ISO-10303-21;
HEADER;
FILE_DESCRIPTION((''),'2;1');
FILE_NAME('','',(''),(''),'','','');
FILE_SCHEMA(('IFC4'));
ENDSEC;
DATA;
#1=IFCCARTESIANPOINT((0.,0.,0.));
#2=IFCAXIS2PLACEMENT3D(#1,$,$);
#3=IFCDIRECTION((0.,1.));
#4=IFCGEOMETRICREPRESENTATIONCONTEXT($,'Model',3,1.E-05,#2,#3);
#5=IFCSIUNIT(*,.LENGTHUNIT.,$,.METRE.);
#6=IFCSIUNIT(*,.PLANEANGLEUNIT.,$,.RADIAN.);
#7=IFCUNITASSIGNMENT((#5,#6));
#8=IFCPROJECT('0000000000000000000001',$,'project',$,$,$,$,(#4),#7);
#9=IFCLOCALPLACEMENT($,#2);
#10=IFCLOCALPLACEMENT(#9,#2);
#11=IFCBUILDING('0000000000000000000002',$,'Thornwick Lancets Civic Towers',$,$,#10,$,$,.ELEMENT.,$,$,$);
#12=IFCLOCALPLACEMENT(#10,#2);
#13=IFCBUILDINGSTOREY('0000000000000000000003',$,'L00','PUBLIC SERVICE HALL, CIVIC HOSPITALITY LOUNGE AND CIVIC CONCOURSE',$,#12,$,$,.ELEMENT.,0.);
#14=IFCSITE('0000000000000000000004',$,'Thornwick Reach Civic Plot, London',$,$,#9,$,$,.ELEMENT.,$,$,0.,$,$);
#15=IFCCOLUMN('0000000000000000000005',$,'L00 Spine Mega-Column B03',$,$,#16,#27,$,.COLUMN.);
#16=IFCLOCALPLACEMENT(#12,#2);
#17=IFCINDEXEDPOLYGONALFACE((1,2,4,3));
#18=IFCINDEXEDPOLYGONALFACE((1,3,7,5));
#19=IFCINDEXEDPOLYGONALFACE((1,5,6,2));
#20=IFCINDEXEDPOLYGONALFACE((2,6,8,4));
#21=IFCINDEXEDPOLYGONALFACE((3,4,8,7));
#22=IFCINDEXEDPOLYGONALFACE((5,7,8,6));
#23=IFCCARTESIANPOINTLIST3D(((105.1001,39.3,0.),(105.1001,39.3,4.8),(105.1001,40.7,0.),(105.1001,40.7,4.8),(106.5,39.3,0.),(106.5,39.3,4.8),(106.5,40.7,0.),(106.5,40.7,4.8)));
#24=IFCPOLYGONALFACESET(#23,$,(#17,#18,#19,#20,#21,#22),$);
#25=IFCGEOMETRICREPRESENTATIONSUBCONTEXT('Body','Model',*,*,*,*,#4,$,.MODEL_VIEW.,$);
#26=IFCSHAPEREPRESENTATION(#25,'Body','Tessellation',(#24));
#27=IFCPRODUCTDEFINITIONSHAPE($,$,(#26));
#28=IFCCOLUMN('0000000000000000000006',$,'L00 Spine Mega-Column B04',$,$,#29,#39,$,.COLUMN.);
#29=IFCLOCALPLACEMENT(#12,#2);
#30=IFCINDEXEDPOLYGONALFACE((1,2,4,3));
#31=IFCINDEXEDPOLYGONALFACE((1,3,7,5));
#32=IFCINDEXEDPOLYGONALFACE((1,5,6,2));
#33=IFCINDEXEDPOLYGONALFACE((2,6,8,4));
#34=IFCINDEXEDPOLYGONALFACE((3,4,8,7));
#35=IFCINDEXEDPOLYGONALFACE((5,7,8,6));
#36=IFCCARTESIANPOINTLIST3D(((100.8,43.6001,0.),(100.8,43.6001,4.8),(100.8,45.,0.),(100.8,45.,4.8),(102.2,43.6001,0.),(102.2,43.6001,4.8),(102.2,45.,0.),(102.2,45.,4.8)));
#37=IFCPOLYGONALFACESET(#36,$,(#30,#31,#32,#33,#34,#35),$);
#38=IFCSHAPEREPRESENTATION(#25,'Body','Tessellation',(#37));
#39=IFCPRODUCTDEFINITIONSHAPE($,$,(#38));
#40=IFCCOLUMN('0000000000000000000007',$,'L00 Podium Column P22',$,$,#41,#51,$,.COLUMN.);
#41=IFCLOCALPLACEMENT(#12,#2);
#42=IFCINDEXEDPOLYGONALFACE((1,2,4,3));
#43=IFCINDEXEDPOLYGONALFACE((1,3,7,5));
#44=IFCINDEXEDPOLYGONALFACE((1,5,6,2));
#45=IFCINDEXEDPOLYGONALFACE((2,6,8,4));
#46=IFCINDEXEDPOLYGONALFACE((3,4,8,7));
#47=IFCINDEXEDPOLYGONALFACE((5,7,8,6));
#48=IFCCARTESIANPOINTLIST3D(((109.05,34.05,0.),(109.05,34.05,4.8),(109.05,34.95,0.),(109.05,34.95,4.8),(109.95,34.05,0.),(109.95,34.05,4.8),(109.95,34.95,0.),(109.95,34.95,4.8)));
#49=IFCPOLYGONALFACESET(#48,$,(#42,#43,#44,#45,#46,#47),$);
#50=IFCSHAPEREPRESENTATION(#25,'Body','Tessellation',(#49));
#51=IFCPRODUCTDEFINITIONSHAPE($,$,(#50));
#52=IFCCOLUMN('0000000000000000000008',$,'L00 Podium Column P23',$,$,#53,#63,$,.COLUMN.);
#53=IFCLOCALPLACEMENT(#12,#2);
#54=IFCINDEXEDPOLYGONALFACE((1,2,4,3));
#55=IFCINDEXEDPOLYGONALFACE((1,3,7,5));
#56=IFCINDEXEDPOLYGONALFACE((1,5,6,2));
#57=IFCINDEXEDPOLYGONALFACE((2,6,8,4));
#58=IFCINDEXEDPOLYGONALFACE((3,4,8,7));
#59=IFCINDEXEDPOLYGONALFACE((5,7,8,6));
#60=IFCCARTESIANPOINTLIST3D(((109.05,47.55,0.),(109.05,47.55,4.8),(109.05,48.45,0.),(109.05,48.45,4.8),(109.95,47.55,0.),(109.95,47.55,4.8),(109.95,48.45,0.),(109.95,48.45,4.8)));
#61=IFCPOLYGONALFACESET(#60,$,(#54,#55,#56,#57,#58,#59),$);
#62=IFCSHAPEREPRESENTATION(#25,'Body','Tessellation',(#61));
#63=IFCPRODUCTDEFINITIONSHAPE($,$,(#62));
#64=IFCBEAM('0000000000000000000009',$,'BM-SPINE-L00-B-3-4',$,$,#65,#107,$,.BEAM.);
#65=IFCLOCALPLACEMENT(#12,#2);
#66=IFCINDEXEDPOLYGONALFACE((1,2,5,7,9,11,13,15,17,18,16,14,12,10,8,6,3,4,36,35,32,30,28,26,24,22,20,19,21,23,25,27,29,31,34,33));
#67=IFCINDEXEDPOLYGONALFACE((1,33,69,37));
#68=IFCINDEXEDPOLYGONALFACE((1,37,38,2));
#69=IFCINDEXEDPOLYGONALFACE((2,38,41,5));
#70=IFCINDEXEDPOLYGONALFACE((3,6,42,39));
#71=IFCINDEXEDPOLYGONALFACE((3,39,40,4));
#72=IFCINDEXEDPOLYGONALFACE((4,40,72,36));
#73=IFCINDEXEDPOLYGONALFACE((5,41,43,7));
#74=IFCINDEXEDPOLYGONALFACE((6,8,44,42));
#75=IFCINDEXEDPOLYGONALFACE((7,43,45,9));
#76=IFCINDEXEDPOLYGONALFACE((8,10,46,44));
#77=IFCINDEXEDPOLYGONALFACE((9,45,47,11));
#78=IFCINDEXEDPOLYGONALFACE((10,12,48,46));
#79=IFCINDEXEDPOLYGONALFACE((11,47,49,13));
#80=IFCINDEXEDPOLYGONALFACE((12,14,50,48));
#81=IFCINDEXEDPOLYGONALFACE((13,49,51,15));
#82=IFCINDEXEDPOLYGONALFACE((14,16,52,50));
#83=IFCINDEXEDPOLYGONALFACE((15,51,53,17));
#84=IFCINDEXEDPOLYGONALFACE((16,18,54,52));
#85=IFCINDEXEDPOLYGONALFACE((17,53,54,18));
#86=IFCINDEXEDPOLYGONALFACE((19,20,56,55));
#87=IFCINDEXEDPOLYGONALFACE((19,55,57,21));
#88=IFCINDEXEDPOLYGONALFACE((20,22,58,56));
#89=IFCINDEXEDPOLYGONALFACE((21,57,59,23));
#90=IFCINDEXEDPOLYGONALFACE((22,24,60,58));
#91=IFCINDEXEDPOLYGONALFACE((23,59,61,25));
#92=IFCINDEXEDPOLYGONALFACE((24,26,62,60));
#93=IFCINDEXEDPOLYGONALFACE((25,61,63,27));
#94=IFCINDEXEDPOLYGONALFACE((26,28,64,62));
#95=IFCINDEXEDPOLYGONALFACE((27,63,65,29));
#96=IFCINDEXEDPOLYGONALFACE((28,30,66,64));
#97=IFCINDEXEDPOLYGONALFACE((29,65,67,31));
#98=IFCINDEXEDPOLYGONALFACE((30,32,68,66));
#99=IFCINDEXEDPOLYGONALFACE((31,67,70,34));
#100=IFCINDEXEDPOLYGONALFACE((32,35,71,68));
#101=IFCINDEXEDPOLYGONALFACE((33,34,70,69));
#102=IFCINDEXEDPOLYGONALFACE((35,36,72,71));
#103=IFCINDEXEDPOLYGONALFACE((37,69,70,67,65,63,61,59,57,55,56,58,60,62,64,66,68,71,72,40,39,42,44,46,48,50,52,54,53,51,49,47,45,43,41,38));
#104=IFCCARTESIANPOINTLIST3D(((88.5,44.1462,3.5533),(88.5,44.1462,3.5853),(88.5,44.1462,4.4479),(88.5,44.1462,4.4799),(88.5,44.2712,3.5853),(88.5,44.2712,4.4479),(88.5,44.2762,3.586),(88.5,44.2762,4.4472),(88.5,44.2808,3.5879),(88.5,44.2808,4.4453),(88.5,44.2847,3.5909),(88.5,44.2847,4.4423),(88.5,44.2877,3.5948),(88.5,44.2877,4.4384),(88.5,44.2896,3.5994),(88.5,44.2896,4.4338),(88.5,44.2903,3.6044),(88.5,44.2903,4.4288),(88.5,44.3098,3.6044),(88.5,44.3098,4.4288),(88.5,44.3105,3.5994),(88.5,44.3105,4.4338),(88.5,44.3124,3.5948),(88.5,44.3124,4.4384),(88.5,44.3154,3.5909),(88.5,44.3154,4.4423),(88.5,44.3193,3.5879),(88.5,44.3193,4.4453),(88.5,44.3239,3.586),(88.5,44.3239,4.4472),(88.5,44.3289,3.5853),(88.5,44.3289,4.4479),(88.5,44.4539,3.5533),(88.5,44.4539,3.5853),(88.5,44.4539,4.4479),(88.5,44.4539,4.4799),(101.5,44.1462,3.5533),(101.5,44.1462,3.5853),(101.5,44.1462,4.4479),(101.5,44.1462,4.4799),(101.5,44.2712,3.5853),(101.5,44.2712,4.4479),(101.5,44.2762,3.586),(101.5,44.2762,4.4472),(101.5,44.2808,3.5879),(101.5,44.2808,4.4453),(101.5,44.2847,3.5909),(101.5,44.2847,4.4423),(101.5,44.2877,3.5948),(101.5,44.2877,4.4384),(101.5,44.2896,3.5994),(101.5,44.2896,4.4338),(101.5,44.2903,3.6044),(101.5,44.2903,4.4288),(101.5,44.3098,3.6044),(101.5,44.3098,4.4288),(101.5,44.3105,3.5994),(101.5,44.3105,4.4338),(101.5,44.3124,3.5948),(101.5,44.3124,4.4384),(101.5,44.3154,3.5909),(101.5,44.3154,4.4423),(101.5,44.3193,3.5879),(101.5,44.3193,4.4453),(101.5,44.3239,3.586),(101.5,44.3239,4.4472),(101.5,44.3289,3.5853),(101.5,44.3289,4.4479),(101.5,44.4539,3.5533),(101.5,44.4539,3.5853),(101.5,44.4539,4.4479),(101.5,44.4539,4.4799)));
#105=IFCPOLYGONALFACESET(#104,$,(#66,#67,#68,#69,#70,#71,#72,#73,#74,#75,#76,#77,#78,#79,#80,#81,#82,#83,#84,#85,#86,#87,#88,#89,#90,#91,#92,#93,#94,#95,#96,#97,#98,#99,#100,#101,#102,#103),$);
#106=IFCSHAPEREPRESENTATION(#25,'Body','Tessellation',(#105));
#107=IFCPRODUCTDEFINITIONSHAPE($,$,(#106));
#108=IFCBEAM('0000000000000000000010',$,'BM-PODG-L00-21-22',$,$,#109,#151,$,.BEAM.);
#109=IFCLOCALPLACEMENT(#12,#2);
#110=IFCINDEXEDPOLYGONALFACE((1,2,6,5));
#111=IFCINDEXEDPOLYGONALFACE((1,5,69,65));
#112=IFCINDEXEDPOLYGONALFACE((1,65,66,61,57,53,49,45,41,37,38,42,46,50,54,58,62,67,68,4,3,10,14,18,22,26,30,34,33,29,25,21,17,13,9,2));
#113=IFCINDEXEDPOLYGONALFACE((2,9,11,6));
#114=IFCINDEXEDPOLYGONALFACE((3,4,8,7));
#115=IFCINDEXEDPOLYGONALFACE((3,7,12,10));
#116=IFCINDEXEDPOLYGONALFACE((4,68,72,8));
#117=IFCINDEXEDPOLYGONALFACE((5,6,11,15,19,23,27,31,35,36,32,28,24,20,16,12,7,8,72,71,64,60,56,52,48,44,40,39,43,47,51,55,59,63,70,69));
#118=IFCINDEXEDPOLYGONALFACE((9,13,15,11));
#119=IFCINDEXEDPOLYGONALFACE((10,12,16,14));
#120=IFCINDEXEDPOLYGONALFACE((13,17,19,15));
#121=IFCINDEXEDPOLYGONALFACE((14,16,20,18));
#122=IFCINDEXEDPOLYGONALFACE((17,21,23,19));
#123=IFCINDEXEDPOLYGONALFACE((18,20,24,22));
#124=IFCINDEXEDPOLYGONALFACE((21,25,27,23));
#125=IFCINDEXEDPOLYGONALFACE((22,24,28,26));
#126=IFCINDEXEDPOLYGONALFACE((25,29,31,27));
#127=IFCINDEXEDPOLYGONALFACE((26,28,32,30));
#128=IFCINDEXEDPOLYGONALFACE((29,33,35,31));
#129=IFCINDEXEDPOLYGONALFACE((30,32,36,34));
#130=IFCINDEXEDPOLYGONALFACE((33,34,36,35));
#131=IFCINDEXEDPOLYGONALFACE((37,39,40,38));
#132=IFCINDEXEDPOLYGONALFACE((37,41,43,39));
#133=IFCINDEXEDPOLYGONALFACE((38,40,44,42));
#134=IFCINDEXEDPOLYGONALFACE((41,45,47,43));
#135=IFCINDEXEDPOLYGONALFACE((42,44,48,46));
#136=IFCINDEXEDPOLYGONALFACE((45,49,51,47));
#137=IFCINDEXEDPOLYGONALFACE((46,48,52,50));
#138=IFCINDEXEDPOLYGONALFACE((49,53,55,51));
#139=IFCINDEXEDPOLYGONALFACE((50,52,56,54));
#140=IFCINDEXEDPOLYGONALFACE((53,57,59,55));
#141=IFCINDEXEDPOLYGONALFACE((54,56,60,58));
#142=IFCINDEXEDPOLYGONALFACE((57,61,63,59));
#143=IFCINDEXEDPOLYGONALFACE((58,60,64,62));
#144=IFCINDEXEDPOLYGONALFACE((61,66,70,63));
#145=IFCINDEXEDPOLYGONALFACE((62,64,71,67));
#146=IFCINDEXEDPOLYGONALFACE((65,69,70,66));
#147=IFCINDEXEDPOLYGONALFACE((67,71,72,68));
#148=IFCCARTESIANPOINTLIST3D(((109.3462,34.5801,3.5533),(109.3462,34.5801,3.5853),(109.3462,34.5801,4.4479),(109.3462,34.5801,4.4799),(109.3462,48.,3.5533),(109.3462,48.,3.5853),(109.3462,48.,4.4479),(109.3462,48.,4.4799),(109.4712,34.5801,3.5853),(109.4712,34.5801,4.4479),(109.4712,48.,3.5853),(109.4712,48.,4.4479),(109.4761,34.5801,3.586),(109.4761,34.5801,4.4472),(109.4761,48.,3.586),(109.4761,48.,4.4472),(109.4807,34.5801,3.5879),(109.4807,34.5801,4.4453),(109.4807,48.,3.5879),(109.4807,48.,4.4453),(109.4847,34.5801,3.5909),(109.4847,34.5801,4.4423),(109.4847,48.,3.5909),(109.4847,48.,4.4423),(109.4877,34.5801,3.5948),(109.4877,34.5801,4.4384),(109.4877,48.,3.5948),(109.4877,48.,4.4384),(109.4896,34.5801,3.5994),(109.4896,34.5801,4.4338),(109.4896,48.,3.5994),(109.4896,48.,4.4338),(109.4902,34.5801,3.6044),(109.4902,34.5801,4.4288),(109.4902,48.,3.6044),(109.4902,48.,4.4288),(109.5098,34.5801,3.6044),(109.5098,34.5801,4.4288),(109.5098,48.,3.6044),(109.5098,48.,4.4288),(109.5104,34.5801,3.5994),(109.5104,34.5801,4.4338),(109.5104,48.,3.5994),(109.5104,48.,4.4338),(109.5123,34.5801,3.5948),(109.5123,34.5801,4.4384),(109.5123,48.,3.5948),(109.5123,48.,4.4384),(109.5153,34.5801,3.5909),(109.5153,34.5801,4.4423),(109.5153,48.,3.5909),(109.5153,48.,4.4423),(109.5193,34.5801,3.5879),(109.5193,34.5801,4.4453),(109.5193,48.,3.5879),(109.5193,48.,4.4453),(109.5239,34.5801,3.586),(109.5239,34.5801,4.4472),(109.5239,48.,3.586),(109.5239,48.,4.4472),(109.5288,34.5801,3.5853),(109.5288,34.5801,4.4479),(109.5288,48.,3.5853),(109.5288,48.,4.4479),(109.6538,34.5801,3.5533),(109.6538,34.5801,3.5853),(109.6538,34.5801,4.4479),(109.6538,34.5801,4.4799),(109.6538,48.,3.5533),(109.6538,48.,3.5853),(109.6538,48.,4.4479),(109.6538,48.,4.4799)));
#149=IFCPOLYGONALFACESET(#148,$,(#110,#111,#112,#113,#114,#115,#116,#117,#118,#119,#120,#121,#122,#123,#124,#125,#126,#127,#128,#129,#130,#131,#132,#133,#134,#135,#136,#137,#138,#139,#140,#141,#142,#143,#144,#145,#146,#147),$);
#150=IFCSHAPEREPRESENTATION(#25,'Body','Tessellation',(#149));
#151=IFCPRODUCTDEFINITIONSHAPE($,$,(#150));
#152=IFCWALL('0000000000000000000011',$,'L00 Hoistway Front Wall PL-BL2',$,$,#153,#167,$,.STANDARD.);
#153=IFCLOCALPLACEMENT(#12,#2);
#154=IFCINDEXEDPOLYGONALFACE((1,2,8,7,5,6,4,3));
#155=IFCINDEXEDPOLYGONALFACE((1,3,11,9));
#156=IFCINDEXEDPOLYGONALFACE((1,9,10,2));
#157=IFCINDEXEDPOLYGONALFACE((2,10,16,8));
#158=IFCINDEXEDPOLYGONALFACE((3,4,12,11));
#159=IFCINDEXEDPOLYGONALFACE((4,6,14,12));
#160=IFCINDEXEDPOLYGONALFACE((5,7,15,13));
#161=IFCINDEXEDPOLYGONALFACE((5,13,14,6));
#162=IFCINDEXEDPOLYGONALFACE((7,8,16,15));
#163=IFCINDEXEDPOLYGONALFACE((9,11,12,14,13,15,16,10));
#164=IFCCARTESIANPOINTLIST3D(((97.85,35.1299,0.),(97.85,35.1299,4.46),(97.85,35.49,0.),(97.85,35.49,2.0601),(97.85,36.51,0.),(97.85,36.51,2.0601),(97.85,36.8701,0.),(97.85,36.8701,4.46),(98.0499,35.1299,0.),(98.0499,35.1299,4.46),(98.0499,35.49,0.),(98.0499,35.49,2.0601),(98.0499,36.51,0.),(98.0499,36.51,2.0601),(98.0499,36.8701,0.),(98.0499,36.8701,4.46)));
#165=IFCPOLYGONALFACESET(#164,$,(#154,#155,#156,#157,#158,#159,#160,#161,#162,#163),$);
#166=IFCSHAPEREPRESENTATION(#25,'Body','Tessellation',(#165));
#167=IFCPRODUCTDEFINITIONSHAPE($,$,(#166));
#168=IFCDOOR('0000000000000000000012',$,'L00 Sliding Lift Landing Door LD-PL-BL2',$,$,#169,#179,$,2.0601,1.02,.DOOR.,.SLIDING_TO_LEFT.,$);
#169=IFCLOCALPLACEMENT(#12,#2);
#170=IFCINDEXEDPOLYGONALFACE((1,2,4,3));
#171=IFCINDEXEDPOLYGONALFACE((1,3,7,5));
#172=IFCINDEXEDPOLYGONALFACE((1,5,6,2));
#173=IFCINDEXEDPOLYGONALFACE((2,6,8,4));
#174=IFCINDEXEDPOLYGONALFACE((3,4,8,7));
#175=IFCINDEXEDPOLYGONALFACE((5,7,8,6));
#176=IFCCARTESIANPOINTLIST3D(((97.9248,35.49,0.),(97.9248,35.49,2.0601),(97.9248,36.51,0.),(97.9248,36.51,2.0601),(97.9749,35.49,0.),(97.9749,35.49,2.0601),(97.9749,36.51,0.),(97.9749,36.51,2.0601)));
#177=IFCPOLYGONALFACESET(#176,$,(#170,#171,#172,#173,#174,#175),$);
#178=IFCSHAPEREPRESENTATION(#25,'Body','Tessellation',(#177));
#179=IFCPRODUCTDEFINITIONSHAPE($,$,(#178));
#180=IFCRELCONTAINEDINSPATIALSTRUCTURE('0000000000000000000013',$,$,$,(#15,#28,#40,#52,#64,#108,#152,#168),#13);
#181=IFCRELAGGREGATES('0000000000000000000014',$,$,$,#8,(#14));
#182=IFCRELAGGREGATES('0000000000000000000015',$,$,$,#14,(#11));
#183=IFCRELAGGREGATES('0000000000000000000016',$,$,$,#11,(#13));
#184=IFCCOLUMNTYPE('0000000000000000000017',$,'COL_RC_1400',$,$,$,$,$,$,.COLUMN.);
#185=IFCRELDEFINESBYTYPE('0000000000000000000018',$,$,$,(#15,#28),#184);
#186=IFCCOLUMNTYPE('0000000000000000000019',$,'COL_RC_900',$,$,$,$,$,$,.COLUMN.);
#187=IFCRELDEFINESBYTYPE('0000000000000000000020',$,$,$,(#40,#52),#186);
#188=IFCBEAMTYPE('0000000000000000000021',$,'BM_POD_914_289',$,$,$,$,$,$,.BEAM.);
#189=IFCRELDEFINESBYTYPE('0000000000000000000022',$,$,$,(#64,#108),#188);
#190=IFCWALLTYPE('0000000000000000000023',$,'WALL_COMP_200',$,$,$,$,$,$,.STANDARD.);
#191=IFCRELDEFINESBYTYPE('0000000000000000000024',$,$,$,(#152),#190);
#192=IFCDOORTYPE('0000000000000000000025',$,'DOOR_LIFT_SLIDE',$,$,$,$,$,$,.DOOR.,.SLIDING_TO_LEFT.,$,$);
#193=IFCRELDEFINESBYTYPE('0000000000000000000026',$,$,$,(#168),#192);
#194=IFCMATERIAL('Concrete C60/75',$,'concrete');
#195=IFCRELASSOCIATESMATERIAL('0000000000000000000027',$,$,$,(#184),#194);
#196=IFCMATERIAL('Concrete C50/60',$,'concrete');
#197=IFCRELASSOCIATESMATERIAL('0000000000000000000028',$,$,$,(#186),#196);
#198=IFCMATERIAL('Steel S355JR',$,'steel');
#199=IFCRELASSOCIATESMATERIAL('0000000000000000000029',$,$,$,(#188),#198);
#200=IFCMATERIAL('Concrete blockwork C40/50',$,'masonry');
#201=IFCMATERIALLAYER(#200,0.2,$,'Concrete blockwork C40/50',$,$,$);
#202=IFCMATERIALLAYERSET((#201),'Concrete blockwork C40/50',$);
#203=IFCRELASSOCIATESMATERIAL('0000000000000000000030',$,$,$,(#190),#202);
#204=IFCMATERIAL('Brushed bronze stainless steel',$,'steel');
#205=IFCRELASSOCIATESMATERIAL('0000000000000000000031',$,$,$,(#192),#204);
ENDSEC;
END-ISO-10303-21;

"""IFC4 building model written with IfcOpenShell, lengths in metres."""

from ifc_helpers import new_model, si_unit, direction, frame, frame_2d, origin, origin_2d, place, context, subcontext, project, spatial, rectangle, i_section, extrude, material, layer, layer_set, material_profile, profile_set, type_object, element, fill, save


model = new_model("IFC4")

# Units and contexts
model_context = context("Model", 3, precision=1e-05, world=origin(), true_north=direction((0.0, 1.0)))
body_context = subcontext(model_context, "Body", "Model", "MODEL_VIEW")
ifc_project = project(units=[si_unit("LENGTHUNIT", "METRE"), si_unit("PLANEANGLEUNIT", "RADIAN")], contexts=[model_context])

# Site, building, storey
site_placement = place(None, origin())
site = spatial("IfcSite", under=ifc_project, at=site_placement, Name="Thornwick Reach Civic Plot, London", CompositionType="ELEMENT", RefElevation=0.0)
building_placement = place(site_placement, origin())
building = spatial("IfcBuilding", under=site, at=building_placement, Name="Thornwick Lancets Civic Towers", CompositionType="ELEMENT")
storey_placement = place(building_placement, origin())
storey = spatial("IfcBuildingStorey", under=building, at=storey_placement, Name="L00", Description="PUBLIC SERVICE HALL, CIVIC HOSPITALITY LOUNGE AND CIVIC CONCOURSE", CompositionType="ELEMENT", Elevation=0.0)

# Columns
ifc_material_1 = material(Name="Concrete C60/75", Category="concrete")
ifc_material_profile_1 = material_profile(ifc_material_1, rectangle(XDim=1.3999, YDim=1.3999, at=origin_2d()), Name="RC 1400x1400")
ifc_profile_set_1 = profile_set([ifc_material_profile_1], Name="Concrete C60/75")
column_type_1 = type_object("IfcColumnType", Name="COL_RC_1400", PredefinedType="COLUMN", material=ifc_profile_set_1)
for number, where, z_axis, x_axis, name in (
    (1, (105.8, 40.0, 0.0), (0.0, 0.0, 1.0), (1.0, 0.0, 0.0), "L00 Spine Mega-Column B03"),
    (2, (101.5, 44.3, 0.0), (0.0, 0.0, 1.0), (1.0, 0.0, 0.0), "L00 Spine Mega-Column B04"),
):
    element("IfcColumn", number, at=place(storey_placement, frame(where, z_axis=z_axis, x_axis=x_axis)), inside=storey, type_object=column_type_1, Name=name, PredefinedType="COLUMN", context=body_context, shape_type="SweptSolid", body=[
        extrude(rectangle(XDim=1.3999, YDim=1.3999, at=origin_2d()), origin(), (0.0, 0.0, 1.0), 4.8),
    ])
ifc_material_2 = material(Name="Concrete C50/60", Category="concrete")
ifc_material_profile_2 = material_profile(ifc_material_2, rectangle(XDim=0.8999, YDim=0.8999, at=origin_2d()), Name="RC 900x900")
ifc_profile_set_2 = profile_set([ifc_material_profile_2], Name="Concrete C50/60")
column_type_2 = type_object("IfcColumnType", Name="COL_RC_900", PredefinedType="COLUMN", material=ifc_profile_set_2)
for number, where, z_axis, x_axis, name in (
    (3, (109.5, 34.5, 0.0), (0.0, 0.0, 1.0), (1.0, 0.0, 0.0), "L00 Podium Column P22"),
    (4, (109.5, 48.0, 0.0), (0.0, 0.0, 1.0), (1.0, 0.0, 0.0), "L00 Podium Column P23"),
):
    element("IfcColumn", number, at=place(storey_placement, frame(where, z_axis=z_axis, x_axis=x_axis)), inside=storey, type_object=column_type_2, Name=name, PredefinedType="COLUMN", context=body_context, shape_type="SweptSolid", body=[
        extrude(rectangle(XDim=0.8999, YDim=0.8999, at=origin_2d()), origin(), (0.0, 0.0, 1.0), 4.8),
    ])

# Beams
ifc_material_3 = material(Name="Steel S355JR", Category="steel")
ifc_material_profile_3 = material_profile(ifc_material_3, i_section(OverallWidth=0.3076, OverallDepth=0.9265, WebThickness=0.0195, FlangeThickness=0.032, FilletRadius=0.019, at=origin_2d()), Name="UKB 914x305x289")
ifc_profile_set_3 = profile_set([ifc_material_profile_3], Name="Steel S355JR")
beam_type = type_object("IfcBeamType", Name="BM_POD_914_289", PredefinedType="BEAM", material=ifc_profile_set_3)
beam_1_placement = place(storey_placement, frame((101.5, 44.3, 4.0166), z_axis=(-1.0, 0.0, 0.0), x_axis=(0.0, -1.0, 0.0)))
element("IfcBeam", 5, at=beam_1_placement, inside=storey, type_object=beam_type, Name="BM-SPINE-L00-B-3-4", PredefinedType="BEAM", context=body_context, shape_type="SweptSolid", body=[
    extrude(i_section(OverallWidth=0.3076, OverallDepth=0.9265, WebThickness=0.0195, FlangeThickness=0.032, FilletRadius=0.019, at=origin_2d()), origin(), (0.0, 0.0, 1.0), 13.0),
])
beam_2_placement = place(storey_placement, frame((109.5, 34.5801, 4.0166), z_axis=(0.0, 1.0, 0.0), x_axis=(-1.0, 0.0, 0.0)))
element("IfcBeam", 6, at=beam_2_placement, inside=storey, type_object=beam_type, Name="BM-PODG-L00-21-22", PredefinedType="BEAM", context=body_context, shape_type="SweptSolid", body=[
    extrude(i_section(OverallWidth=0.3076, OverallDepth=0.9265, WebThickness=0.0195, FlangeThickness=0.032, FilletRadius=0.019, at=origin_2d()), origin(), (0.0, 0.0, 1.0), 13.4199),
])

# Wall, opening, door
ifc_material_4 = material(Name="Concrete blockwork C40/50", Category="masonry")
ifc_layer_1 = layer(ifc_material_4, 0.2, Name="Concrete blockwork C40/50")
ifc_layer_set_1 = layer_set([ifc_layer_1], Name="Concrete blockwork C40/50")
wall_type_1 = type_object("IfcWallType", Name="WALL_COMP_200", PredefinedType="STANDARD", material=ifc_layer_set_1)
wall_1_placement = place(storey_placement, frame((97.95, 36.8701, 0.0), z_axis=(0.0, 0.0, 1.0), x_axis=(0.0, -1.0, 0.0)))
wall_1 = element("IfcWall", 7, at=wall_1_placement, inside=storey, type_object=wall_type_1, Name="L00 Hoistway Front Wall PL-BL2", PredefinedType="STANDARD", context=body_context, shape_type="SweptSolid", body=[
    extrude(rectangle(XDim=1.7402, YDim=0.2, at=frame_2d((0.8701, 0.0))), origin(), (0.0, 0.0, 1.0), 4.46),
])
opening_1_placement = place(wall_1_placement, frame((0.3601, 0.0, 0.0)))
opening_1 = element("IfcOpeningElement", 8, at=opening_1_placement, cuts=wall_1, PredefinedType="OPENING", context=body_context, shape_type="SweptSolid", body=[
    extrude(rectangle(XDim=1.02, YDim=2.0601, at=frame_2d((0.51, 1.03))), frame((0.0, 0.1099, 0.0), z_axis=(0.0, -1.0, 0.0), x_axis=(1.0, 0.0, 0.0)), (0.0, 0.0, 1.0), 0.22),
])
ifc_material_5 = material(Name="Brushed bronze stainless steel", Category="steel")
door_type_1 = type_object("IfcDoorType", Name="DOOR_LIFT_SLIDE", OperationType="SLIDING_TO_LEFT", PredefinedType="DOOR", material=ifc_material_5)
door_1_placement = place(opening_1_placement, origin())
door_1 = element("IfcDoor", 9, at=door_1_placement, inside=storey, type_object=door_type_1, Name="L00 Sliding Lift Landing Door LD-PL-BL2", OperationType="SLIDING_TO_LEFT", OverallHeight=2.0601, OverallWidth=1.02, PredefinedType="DOOR", context=body_context, shape_type="SweptSolid", body=[
    extrude(rectangle(XDim=1.02, YDim=2.0601, at=frame_2d((0.51, 1.03))), frame((0.0, 0.0249, 0.0), z_axis=(0.0, -1.0, 0.0), x_axis=(1.0, 0.0, 0.0)), (0.0, 0.0, 1.0), 0.05),
])
fill(opening_1, door_1)

save(model, "model.ifc")
